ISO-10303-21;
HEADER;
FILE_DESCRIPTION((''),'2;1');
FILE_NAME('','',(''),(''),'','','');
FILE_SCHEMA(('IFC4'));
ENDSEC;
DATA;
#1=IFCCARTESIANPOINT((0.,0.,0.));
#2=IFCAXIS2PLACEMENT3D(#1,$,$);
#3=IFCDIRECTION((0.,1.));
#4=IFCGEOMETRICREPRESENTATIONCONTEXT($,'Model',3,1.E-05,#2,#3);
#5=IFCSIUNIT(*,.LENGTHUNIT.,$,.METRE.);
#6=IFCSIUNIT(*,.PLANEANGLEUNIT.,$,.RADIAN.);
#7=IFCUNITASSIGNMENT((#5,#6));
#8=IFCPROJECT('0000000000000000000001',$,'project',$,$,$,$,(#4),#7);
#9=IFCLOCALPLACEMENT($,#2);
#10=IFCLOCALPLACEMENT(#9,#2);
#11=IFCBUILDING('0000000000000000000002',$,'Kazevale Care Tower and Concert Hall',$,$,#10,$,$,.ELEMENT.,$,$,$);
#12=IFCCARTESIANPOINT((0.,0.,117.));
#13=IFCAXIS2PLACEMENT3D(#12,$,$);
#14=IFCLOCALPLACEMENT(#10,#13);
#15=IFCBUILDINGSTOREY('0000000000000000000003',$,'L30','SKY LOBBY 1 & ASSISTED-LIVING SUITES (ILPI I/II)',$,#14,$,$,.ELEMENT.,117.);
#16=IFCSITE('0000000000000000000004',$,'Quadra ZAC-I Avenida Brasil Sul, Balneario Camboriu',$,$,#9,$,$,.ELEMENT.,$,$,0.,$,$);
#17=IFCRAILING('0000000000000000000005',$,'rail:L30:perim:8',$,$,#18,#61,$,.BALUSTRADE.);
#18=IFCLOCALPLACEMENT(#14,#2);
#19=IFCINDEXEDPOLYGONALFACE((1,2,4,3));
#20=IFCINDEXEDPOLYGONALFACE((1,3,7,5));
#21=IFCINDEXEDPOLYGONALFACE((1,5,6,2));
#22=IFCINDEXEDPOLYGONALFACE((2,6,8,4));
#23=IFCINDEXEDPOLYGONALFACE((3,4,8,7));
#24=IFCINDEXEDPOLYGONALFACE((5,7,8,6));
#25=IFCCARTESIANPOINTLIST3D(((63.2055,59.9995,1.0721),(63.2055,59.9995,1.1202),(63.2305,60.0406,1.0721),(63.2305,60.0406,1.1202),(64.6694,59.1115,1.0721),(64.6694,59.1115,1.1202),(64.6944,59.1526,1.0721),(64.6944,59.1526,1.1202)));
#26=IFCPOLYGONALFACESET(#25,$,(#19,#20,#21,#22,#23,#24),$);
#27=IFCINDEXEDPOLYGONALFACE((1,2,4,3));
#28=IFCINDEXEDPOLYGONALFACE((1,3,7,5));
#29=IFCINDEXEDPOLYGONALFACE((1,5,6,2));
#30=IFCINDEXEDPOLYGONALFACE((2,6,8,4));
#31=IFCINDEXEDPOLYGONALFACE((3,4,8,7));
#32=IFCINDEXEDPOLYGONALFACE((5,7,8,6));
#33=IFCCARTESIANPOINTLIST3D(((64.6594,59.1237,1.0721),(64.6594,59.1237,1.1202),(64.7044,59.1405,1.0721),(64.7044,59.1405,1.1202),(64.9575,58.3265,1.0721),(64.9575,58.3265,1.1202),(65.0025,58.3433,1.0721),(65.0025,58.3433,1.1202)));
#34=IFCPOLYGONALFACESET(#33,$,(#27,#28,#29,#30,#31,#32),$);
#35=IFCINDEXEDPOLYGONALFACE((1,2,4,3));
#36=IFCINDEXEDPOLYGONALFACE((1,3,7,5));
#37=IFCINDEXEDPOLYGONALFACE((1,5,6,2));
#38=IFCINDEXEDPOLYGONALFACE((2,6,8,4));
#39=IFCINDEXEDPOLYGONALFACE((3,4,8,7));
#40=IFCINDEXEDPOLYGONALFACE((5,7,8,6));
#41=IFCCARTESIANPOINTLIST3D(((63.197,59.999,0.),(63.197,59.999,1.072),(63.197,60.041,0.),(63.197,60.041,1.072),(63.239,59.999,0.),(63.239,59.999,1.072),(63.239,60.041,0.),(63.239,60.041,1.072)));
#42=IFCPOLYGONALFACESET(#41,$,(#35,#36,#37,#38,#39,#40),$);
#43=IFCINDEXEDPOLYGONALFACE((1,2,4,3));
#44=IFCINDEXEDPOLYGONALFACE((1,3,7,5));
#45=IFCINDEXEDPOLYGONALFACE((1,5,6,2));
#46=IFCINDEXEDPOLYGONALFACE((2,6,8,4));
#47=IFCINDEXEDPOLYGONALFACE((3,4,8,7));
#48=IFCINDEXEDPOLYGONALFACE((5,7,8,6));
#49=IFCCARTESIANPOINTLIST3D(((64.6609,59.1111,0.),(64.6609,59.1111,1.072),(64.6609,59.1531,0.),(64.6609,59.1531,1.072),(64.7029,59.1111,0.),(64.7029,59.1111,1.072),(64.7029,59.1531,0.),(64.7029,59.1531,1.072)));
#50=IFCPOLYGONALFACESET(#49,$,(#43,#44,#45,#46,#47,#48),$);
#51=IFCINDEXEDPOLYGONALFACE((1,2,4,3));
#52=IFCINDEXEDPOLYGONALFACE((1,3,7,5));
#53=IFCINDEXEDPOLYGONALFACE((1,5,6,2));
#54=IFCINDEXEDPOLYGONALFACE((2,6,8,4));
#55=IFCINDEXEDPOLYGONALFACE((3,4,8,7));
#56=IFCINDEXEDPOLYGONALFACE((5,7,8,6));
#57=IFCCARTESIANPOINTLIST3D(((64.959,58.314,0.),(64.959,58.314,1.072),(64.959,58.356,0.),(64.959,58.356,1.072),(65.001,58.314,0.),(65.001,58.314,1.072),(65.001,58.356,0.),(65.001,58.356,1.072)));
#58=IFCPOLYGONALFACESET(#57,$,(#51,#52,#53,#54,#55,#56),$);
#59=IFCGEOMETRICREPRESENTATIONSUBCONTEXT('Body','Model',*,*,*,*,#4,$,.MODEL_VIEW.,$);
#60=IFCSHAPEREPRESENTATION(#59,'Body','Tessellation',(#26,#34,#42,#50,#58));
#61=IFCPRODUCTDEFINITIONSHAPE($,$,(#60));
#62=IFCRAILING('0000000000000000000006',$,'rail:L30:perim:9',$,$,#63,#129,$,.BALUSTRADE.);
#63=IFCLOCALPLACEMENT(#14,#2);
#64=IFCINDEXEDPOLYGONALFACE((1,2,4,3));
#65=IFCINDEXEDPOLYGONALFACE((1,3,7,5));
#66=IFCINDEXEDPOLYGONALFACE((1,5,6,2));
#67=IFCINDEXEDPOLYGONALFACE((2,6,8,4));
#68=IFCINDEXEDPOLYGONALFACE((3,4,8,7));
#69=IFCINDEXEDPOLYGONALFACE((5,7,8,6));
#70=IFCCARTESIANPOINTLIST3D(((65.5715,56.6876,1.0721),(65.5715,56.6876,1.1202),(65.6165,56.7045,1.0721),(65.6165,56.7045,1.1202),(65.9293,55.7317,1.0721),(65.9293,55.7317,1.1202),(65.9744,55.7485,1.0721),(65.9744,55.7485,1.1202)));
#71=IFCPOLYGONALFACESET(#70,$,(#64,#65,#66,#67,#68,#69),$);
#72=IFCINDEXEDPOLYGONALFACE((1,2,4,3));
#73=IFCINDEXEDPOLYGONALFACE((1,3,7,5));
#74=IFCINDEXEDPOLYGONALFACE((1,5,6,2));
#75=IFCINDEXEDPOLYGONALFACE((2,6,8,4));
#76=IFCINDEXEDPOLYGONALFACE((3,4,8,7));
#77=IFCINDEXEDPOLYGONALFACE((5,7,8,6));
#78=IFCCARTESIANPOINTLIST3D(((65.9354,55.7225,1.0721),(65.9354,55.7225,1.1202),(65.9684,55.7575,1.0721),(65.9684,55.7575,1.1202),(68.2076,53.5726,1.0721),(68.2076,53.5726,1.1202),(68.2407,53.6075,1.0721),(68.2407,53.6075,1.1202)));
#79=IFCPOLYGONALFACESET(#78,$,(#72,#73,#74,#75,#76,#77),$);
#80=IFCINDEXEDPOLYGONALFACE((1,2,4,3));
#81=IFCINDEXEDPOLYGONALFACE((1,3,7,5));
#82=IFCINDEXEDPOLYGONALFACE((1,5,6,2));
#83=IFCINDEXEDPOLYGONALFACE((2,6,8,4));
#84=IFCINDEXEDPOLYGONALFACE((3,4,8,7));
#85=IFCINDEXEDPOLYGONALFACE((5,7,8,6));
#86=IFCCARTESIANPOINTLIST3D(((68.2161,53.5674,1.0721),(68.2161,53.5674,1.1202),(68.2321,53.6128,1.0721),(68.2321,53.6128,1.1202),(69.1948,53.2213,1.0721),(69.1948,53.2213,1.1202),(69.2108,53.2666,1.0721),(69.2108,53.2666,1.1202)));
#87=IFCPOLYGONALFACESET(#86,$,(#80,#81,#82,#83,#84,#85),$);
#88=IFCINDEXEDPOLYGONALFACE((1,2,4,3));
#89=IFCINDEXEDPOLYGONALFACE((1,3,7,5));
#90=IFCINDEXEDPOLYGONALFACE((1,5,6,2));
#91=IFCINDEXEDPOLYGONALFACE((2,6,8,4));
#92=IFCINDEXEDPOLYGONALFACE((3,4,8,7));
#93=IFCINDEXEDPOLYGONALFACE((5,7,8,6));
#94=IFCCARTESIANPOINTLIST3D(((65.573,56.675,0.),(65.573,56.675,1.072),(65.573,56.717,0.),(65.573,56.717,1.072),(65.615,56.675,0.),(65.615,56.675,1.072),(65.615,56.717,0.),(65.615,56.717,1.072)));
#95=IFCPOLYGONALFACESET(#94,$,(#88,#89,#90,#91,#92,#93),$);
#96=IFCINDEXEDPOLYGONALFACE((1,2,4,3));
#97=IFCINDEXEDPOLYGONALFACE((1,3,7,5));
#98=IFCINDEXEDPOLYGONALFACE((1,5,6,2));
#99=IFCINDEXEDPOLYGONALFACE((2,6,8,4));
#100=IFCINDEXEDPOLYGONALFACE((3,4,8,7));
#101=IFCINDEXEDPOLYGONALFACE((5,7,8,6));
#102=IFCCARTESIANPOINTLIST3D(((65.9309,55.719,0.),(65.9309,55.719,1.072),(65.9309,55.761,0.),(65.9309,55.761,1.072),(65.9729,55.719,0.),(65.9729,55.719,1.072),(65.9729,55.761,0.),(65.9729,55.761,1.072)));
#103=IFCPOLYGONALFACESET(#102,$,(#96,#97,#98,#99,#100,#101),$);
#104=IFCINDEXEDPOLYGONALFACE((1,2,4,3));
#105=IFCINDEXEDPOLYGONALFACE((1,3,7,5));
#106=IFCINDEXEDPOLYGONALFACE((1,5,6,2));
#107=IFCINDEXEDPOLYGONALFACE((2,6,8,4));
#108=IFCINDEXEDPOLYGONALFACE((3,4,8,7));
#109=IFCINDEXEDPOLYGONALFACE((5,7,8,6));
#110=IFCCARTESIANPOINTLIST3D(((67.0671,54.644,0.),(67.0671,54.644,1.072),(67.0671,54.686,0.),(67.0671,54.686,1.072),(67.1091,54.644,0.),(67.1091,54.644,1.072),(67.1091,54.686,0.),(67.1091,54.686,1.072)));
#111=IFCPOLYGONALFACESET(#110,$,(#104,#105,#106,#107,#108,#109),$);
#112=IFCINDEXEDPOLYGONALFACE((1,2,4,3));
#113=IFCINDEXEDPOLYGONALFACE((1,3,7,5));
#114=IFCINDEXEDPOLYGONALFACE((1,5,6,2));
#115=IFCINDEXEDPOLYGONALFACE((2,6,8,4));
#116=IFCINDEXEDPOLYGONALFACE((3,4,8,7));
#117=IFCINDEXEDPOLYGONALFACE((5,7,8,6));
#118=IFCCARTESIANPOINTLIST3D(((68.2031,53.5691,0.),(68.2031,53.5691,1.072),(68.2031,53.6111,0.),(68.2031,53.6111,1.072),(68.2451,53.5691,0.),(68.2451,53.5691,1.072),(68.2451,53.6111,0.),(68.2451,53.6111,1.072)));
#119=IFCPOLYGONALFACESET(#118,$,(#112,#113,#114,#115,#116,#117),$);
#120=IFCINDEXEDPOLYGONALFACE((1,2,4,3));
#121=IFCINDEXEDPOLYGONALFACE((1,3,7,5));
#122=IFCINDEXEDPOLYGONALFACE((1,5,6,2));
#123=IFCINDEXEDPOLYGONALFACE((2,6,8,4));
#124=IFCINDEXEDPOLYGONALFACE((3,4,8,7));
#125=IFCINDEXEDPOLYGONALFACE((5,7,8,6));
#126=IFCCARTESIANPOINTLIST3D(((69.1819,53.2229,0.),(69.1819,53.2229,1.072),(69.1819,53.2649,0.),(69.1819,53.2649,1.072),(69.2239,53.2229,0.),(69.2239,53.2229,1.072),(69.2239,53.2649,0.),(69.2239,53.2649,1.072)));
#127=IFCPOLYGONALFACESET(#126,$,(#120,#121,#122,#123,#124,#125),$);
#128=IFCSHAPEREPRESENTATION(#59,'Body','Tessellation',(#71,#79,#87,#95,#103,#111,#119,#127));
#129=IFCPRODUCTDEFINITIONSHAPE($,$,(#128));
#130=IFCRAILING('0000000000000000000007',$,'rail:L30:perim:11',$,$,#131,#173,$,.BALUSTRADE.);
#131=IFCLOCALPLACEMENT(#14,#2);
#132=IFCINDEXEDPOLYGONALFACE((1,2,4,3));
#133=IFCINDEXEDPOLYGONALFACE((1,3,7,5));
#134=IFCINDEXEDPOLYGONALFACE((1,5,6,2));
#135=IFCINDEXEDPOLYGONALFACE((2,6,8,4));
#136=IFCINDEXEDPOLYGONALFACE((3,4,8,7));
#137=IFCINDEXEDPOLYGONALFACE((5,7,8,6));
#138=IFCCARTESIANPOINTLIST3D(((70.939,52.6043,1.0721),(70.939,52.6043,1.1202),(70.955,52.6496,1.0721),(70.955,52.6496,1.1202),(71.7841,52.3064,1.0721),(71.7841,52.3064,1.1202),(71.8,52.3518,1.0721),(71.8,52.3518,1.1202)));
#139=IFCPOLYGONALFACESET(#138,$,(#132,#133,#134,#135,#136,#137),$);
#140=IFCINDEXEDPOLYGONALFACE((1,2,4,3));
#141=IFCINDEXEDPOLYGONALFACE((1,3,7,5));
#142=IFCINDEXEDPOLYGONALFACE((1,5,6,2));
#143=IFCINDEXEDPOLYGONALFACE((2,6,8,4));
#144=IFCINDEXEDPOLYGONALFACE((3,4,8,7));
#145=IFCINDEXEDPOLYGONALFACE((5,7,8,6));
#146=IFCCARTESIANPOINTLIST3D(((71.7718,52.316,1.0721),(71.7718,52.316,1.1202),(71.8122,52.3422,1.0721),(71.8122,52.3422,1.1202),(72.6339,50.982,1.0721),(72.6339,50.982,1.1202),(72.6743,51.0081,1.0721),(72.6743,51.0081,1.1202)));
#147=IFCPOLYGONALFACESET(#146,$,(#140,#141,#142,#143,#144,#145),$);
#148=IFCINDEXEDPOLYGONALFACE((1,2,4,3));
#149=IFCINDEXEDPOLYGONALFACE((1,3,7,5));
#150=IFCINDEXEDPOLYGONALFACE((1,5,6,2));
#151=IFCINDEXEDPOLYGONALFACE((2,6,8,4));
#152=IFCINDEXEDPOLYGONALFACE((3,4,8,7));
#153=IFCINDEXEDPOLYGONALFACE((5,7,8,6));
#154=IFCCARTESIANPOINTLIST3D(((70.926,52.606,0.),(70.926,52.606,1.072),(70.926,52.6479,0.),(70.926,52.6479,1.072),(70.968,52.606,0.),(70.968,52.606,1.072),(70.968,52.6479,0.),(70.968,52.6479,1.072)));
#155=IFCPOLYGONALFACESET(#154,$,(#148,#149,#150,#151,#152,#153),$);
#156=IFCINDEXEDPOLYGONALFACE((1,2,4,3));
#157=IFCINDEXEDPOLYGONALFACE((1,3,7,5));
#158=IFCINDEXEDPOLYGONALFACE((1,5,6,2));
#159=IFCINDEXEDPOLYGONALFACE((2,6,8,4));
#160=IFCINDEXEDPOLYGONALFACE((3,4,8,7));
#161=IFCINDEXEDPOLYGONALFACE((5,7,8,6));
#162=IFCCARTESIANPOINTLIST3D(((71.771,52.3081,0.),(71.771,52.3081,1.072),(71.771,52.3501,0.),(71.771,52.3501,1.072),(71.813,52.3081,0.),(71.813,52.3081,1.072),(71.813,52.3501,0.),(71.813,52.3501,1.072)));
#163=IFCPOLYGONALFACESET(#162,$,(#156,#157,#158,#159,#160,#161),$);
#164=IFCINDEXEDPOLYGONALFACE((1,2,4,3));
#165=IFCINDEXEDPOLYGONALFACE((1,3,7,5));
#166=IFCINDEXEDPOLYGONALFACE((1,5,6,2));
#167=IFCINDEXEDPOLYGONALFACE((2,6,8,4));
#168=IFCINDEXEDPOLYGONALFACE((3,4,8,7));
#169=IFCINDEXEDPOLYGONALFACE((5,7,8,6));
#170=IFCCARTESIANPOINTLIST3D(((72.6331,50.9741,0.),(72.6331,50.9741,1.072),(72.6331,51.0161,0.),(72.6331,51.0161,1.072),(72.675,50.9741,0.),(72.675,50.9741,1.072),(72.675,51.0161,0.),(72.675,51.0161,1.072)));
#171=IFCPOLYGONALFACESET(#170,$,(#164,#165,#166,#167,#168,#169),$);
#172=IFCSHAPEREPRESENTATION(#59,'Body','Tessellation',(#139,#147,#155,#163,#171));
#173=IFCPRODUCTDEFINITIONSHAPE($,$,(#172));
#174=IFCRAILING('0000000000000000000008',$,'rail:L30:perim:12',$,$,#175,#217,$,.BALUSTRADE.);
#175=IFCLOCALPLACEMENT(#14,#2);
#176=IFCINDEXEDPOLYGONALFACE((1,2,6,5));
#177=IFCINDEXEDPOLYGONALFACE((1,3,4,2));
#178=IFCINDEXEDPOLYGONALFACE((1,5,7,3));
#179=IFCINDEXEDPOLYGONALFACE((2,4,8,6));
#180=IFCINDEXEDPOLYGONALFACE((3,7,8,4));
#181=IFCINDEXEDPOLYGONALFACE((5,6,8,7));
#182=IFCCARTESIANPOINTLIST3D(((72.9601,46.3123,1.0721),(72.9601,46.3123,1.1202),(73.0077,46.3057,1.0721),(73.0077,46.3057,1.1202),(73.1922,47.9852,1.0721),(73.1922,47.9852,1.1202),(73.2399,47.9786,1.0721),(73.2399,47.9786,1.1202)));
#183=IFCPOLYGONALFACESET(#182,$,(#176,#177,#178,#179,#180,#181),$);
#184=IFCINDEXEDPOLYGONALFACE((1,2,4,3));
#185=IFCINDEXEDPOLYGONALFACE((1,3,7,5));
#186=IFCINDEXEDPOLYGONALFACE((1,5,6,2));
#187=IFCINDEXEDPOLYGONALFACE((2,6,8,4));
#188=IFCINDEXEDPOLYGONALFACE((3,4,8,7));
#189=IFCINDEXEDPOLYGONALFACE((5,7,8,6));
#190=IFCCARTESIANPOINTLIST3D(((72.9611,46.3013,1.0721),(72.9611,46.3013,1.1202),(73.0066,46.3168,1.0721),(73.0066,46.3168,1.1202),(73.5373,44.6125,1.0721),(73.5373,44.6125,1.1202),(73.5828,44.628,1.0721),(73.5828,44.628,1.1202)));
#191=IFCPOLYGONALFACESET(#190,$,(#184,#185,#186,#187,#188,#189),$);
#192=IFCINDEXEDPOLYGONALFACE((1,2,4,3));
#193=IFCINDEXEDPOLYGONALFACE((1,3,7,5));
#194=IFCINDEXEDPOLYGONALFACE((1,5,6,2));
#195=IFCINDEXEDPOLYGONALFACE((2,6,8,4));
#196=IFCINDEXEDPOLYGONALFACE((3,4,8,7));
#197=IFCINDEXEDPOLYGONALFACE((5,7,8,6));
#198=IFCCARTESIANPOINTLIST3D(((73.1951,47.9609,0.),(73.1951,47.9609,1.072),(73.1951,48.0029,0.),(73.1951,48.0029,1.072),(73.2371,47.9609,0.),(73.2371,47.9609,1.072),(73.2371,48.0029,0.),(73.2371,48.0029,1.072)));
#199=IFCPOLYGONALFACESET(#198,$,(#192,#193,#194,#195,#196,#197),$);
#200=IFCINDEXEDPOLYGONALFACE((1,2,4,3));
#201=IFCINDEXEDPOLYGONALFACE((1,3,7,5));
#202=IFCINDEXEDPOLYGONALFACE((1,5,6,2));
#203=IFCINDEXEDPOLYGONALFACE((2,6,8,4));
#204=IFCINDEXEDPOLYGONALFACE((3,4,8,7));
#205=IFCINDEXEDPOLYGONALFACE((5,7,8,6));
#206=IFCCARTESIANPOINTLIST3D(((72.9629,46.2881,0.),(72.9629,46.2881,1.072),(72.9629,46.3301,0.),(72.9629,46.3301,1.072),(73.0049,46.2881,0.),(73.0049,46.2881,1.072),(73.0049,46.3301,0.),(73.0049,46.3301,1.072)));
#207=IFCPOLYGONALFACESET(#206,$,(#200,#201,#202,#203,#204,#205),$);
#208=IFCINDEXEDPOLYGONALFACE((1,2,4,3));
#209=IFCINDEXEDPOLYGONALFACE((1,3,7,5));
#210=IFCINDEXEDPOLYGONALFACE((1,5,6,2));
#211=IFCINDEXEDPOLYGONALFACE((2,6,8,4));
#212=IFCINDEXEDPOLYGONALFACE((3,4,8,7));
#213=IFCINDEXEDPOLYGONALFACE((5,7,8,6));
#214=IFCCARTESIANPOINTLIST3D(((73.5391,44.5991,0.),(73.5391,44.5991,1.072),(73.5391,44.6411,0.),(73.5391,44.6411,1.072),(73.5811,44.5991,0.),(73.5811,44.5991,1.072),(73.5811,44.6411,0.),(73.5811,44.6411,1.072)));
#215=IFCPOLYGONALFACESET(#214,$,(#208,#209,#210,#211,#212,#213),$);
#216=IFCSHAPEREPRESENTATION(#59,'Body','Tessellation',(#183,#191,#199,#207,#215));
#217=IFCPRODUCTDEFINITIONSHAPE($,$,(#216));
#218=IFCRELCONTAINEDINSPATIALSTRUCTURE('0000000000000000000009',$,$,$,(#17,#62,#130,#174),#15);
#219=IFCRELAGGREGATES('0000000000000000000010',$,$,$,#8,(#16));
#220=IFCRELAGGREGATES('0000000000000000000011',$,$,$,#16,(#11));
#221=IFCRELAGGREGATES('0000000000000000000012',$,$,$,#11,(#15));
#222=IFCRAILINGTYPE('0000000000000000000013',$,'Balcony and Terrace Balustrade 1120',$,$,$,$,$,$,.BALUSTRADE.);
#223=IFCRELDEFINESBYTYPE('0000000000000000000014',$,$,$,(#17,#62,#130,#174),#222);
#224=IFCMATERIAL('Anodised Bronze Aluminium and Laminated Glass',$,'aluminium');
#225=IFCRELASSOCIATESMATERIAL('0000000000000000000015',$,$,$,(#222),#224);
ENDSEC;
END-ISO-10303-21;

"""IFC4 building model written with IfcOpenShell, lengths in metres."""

from ifc_helpers import new_model, si_unit, direction, frame, origin, origin_2d, place, context, subcontext, project, spatial, rectangle, extrude, material, type_object, element, save


model = new_model("IFC4")

# Units and contexts
model_context = context("Model", 3, precision=1e-05, world=origin(), true_north=direction((0.0, 1.0)))
body_context = subcontext(model_context, "Body", "Model", "MODEL_VIEW")
ifc_project = project(units=[si_unit("LENGTHUNIT", "METRE"), si_unit("PLANEANGLEUNIT", "RADIAN")], contexts=[model_context])

# Site, building, storey
site_placement = place(None, origin())
site = spatial("IfcSite", under=ifc_project, at=site_placement, Name="Quadra ZAC-I Avenida Brasil Sul, Balneario Camboriu", CompositionType="ELEMENT", RefElevation=0.0)
building_placement = place(site_placement, origin())
building = spatial("IfcBuilding", under=site, at=building_placement, Name="Kazevale Care Tower and Concert Hall", CompositionType="ELEMENT")
storey_placement = place(building_placement, frame((0.0, 0.0, 117.0)))
storey = spatial("IfcBuildingStorey", under=building, at=storey_placement, Name="L30", Description="SKY LOBBY 1 & ASSISTED-LIVING SUITES (ILPI I/II)", CompositionType="ELEMENT", Elevation=117.0)

# Railings
ifc_material_1 = material(Name="Anodised Bronze Aluminium and Laminated Glass", Category="aluminium")
railing_type = type_object("IfcRailingType", Name="Balcony and Terrace Balustrade 1120", PredefinedType="BALUSTRADE", material=ifc_material_1)
railing_1_placement = place(storey_placement, frame((63.218, 60.02, 0.0)))
element("IfcRailing", 1, at=railing_1_placement, inside=storey, type_object=railing_type, Name="rail:L30:perim:8", PredefinedType="BALUSTRADE", context=body_context, shape_type="SweptSolid", body=[
    extrude(rectangle(XDim=0.0481, YDim=0.0481, at=origin_2d()), frame((0.0, 0.0, 1.0962), z_axis=(0.855004, -0.518621, 0.0), x_axis=(0.518621, 0.855004, 0.0)), (0.0, 0.0, 1.0), 1.7122),
    extrude(rectangle(XDim=0.0481, YDim=0.0481, at=origin_2d()), frame((1.4639, -0.8879, 1.0962), z_axis=(0.350274, -0.936647, 0.0), x_axis=(0.936647, 0.350274, 0.0)), (0.0, 0.0, 1.0), 0.8511),
    extrude(rectangle(XDim=0.042, YDim=0.042, at=origin_2d()), origin(), (0.0, 0.0, 1.0), 1.072),
    extrude(rectangle(XDim=0.042, YDim=0.042, at=origin_2d()), frame((1.4639, -0.8879, 0.0)), (0.0, 0.0, 1.0), 1.072),
    extrude(rectangle(XDim=0.042, YDim=0.042, at=origin_2d()), frame((1.762, -1.6851, 0.0)), (0.0, 0.0, 1.0), 1.072),
])
railing_2_placement = place(storey_placement, frame((65.594, 56.696, 0.0)))
element("IfcRailing", 2, at=railing_2_placement, inside=storey, type_object=railing_type, Name="rail:L30:perim:9", PredefinedType="BALUSTRADE", context=body_context, shape_type="SweptSolid", body=[
    extrude(rectangle(XDim=0.0481, YDim=0.0481, at=origin_2d()), frame((0.0, 0.0, 1.0962), z_axis=(0.350599, -0.936526, 0.0), x_axis=(0.936526, 0.350599, 0.0)), (0.0, 0.0, 1.0), 1.0208),
    extrude(rectangle(XDim=0.0481, YDim=0.0481, at=origin_2d()), frame((0.3579, -0.9561, 1.0962), z_axis=(0.726387, -0.687286, 0.0), x_axis=(0.687286, 0.726387, 0.0)), (0.0, 0.0, 1.0), 3.1282),
    extrude(rectangle(XDim=0.0481, YDim=0.0481, at=origin_2d()), frame((2.6301, -3.106, 1.0962), z_axis=(0.942764, -0.33346, 0.0), x_axis=(0.33346, 0.942764, 0.0)), (0.0, 0.0, 1.0), 1.0381),
    extrude(rectangle(XDim=0.042, YDim=0.042, at=origin_2d()), origin(), (0.0, 0.0, 1.0), 1.072),
    extrude(rectangle(XDim=0.042, YDim=0.042, at=origin_2d()), frame((0.3579, -0.9561, 0.0)), (0.0, 0.0, 1.0), 1.072),
    extrude(rectangle(XDim=0.042, YDim=0.042, at=origin_2d()), frame((1.4941, -2.031, 0.0)), (0.0, 0.0, 1.0), 1.072),
    extrude(rectangle(XDim=0.042, YDim=0.042, at=origin_2d()), frame((2.6301, -3.106, 0.0)), (0.0, 0.0, 1.0), 1.072),
    extrude(rectangle(XDim=0.042, YDim=0.042, at=origin_2d()), frame((3.6089, -3.4521, 0.0)), (0.0, 0.0, 1.0), 1.072),
])
railing_3_placement = place(storey_placement, frame((70.947, 52.627, 0.0)))
element("IfcRailing", 3, at=railing_3_placement, inside=storey, type_object=railing_type, Name="rail:L30:perim:11", PredefinedType="BALUSTRADE", context=body_context, shape_type="SweptSolid", body=[
    extrude(rectangle(XDim=0.0481, YDim=0.0481, at=origin_2d()), frame((0.0, 0.0, 1.0962), z_axis=(0.943121, -0.332449, 0.0), x_axis=(0.332449, 0.943121, 0.0)), (0.0, 0.0, 1.0), 0.896),
    extrude(rectangle(XDim=0.0481, YDim=0.0481, at=origin_2d()), frame((0.845, -0.2979, 1.0962), z_axis=(0.54276, -0.839888, 0.0), x_axis=(0.839888, 0.54276, 0.0)), (0.0, 0.0, 1.0), 1.5884),
    extrude(rectangle(XDim=0.042, YDim=0.042, at=origin_2d()), origin(), (0.0, 0.0, 1.0), 1.072),
    extrude(rectangle(XDim=0.042, YDim=0.042, at=origin_2d()), frame((0.845, -0.2979, 0.0)), (0.0, 0.0, 1.0), 1.072),
    extrude(rectangle(XDim=0.042, YDim=0.042, at=origin_2d()), frame((1.707, -1.6318, 0.0)), (0.0, 0.0, 1.0), 1.072),
])
railing_4_placement = place(storey_placement, frame((73.2161, 47.9819, 0.0)))
element("IfcRailing", 4, at=railing_4_placement, inside=storey, type_object=railing_type, Name="rail:L30:perim:12", PredefinedType="BALUSTRADE", context=body_context, shape_type="SweptSolid", body=[
    extrude(rectangle(XDim=0.0481, YDim=0.0481, at=origin_2d()), frame((0.0, 0.0, 1.0962), z_axis=(-0.137474, -0.990505, 0.0), x_axis=(0.990505, -0.137474, 0.0)), (0.0, 0.0, 1.0), 1.689),
    extrude(rectangle(XDim=0.0481, YDim=0.0481, at=origin_2d()), frame((-0.2322, -1.6729, 1.0962), z_axis=(0.322869, -0.946444, 0.0), x_axis=(0.946444, 0.322869, 0.0)), (0.0, 0.0, 1.0), 1.7844),
    extrude(rectangle(XDim=0.042, YDim=0.042, at=origin_2d()), origin(), (0.0, 0.0, 1.0), 1.072),
    extrude(rectangle(XDim=0.042, YDim=0.042, at=origin_2d()), frame((-0.2322, -1.6729, 0.0)), (0.0, 0.0, 1.0), 1.072),
    extrude(rectangle(XDim=0.042, YDim=0.042, at=origin_2d()), frame((0.344, -3.3618, 0.0)), (0.0, 0.0, 1.0), 1.072),
])

save(model, "model.ifc")
